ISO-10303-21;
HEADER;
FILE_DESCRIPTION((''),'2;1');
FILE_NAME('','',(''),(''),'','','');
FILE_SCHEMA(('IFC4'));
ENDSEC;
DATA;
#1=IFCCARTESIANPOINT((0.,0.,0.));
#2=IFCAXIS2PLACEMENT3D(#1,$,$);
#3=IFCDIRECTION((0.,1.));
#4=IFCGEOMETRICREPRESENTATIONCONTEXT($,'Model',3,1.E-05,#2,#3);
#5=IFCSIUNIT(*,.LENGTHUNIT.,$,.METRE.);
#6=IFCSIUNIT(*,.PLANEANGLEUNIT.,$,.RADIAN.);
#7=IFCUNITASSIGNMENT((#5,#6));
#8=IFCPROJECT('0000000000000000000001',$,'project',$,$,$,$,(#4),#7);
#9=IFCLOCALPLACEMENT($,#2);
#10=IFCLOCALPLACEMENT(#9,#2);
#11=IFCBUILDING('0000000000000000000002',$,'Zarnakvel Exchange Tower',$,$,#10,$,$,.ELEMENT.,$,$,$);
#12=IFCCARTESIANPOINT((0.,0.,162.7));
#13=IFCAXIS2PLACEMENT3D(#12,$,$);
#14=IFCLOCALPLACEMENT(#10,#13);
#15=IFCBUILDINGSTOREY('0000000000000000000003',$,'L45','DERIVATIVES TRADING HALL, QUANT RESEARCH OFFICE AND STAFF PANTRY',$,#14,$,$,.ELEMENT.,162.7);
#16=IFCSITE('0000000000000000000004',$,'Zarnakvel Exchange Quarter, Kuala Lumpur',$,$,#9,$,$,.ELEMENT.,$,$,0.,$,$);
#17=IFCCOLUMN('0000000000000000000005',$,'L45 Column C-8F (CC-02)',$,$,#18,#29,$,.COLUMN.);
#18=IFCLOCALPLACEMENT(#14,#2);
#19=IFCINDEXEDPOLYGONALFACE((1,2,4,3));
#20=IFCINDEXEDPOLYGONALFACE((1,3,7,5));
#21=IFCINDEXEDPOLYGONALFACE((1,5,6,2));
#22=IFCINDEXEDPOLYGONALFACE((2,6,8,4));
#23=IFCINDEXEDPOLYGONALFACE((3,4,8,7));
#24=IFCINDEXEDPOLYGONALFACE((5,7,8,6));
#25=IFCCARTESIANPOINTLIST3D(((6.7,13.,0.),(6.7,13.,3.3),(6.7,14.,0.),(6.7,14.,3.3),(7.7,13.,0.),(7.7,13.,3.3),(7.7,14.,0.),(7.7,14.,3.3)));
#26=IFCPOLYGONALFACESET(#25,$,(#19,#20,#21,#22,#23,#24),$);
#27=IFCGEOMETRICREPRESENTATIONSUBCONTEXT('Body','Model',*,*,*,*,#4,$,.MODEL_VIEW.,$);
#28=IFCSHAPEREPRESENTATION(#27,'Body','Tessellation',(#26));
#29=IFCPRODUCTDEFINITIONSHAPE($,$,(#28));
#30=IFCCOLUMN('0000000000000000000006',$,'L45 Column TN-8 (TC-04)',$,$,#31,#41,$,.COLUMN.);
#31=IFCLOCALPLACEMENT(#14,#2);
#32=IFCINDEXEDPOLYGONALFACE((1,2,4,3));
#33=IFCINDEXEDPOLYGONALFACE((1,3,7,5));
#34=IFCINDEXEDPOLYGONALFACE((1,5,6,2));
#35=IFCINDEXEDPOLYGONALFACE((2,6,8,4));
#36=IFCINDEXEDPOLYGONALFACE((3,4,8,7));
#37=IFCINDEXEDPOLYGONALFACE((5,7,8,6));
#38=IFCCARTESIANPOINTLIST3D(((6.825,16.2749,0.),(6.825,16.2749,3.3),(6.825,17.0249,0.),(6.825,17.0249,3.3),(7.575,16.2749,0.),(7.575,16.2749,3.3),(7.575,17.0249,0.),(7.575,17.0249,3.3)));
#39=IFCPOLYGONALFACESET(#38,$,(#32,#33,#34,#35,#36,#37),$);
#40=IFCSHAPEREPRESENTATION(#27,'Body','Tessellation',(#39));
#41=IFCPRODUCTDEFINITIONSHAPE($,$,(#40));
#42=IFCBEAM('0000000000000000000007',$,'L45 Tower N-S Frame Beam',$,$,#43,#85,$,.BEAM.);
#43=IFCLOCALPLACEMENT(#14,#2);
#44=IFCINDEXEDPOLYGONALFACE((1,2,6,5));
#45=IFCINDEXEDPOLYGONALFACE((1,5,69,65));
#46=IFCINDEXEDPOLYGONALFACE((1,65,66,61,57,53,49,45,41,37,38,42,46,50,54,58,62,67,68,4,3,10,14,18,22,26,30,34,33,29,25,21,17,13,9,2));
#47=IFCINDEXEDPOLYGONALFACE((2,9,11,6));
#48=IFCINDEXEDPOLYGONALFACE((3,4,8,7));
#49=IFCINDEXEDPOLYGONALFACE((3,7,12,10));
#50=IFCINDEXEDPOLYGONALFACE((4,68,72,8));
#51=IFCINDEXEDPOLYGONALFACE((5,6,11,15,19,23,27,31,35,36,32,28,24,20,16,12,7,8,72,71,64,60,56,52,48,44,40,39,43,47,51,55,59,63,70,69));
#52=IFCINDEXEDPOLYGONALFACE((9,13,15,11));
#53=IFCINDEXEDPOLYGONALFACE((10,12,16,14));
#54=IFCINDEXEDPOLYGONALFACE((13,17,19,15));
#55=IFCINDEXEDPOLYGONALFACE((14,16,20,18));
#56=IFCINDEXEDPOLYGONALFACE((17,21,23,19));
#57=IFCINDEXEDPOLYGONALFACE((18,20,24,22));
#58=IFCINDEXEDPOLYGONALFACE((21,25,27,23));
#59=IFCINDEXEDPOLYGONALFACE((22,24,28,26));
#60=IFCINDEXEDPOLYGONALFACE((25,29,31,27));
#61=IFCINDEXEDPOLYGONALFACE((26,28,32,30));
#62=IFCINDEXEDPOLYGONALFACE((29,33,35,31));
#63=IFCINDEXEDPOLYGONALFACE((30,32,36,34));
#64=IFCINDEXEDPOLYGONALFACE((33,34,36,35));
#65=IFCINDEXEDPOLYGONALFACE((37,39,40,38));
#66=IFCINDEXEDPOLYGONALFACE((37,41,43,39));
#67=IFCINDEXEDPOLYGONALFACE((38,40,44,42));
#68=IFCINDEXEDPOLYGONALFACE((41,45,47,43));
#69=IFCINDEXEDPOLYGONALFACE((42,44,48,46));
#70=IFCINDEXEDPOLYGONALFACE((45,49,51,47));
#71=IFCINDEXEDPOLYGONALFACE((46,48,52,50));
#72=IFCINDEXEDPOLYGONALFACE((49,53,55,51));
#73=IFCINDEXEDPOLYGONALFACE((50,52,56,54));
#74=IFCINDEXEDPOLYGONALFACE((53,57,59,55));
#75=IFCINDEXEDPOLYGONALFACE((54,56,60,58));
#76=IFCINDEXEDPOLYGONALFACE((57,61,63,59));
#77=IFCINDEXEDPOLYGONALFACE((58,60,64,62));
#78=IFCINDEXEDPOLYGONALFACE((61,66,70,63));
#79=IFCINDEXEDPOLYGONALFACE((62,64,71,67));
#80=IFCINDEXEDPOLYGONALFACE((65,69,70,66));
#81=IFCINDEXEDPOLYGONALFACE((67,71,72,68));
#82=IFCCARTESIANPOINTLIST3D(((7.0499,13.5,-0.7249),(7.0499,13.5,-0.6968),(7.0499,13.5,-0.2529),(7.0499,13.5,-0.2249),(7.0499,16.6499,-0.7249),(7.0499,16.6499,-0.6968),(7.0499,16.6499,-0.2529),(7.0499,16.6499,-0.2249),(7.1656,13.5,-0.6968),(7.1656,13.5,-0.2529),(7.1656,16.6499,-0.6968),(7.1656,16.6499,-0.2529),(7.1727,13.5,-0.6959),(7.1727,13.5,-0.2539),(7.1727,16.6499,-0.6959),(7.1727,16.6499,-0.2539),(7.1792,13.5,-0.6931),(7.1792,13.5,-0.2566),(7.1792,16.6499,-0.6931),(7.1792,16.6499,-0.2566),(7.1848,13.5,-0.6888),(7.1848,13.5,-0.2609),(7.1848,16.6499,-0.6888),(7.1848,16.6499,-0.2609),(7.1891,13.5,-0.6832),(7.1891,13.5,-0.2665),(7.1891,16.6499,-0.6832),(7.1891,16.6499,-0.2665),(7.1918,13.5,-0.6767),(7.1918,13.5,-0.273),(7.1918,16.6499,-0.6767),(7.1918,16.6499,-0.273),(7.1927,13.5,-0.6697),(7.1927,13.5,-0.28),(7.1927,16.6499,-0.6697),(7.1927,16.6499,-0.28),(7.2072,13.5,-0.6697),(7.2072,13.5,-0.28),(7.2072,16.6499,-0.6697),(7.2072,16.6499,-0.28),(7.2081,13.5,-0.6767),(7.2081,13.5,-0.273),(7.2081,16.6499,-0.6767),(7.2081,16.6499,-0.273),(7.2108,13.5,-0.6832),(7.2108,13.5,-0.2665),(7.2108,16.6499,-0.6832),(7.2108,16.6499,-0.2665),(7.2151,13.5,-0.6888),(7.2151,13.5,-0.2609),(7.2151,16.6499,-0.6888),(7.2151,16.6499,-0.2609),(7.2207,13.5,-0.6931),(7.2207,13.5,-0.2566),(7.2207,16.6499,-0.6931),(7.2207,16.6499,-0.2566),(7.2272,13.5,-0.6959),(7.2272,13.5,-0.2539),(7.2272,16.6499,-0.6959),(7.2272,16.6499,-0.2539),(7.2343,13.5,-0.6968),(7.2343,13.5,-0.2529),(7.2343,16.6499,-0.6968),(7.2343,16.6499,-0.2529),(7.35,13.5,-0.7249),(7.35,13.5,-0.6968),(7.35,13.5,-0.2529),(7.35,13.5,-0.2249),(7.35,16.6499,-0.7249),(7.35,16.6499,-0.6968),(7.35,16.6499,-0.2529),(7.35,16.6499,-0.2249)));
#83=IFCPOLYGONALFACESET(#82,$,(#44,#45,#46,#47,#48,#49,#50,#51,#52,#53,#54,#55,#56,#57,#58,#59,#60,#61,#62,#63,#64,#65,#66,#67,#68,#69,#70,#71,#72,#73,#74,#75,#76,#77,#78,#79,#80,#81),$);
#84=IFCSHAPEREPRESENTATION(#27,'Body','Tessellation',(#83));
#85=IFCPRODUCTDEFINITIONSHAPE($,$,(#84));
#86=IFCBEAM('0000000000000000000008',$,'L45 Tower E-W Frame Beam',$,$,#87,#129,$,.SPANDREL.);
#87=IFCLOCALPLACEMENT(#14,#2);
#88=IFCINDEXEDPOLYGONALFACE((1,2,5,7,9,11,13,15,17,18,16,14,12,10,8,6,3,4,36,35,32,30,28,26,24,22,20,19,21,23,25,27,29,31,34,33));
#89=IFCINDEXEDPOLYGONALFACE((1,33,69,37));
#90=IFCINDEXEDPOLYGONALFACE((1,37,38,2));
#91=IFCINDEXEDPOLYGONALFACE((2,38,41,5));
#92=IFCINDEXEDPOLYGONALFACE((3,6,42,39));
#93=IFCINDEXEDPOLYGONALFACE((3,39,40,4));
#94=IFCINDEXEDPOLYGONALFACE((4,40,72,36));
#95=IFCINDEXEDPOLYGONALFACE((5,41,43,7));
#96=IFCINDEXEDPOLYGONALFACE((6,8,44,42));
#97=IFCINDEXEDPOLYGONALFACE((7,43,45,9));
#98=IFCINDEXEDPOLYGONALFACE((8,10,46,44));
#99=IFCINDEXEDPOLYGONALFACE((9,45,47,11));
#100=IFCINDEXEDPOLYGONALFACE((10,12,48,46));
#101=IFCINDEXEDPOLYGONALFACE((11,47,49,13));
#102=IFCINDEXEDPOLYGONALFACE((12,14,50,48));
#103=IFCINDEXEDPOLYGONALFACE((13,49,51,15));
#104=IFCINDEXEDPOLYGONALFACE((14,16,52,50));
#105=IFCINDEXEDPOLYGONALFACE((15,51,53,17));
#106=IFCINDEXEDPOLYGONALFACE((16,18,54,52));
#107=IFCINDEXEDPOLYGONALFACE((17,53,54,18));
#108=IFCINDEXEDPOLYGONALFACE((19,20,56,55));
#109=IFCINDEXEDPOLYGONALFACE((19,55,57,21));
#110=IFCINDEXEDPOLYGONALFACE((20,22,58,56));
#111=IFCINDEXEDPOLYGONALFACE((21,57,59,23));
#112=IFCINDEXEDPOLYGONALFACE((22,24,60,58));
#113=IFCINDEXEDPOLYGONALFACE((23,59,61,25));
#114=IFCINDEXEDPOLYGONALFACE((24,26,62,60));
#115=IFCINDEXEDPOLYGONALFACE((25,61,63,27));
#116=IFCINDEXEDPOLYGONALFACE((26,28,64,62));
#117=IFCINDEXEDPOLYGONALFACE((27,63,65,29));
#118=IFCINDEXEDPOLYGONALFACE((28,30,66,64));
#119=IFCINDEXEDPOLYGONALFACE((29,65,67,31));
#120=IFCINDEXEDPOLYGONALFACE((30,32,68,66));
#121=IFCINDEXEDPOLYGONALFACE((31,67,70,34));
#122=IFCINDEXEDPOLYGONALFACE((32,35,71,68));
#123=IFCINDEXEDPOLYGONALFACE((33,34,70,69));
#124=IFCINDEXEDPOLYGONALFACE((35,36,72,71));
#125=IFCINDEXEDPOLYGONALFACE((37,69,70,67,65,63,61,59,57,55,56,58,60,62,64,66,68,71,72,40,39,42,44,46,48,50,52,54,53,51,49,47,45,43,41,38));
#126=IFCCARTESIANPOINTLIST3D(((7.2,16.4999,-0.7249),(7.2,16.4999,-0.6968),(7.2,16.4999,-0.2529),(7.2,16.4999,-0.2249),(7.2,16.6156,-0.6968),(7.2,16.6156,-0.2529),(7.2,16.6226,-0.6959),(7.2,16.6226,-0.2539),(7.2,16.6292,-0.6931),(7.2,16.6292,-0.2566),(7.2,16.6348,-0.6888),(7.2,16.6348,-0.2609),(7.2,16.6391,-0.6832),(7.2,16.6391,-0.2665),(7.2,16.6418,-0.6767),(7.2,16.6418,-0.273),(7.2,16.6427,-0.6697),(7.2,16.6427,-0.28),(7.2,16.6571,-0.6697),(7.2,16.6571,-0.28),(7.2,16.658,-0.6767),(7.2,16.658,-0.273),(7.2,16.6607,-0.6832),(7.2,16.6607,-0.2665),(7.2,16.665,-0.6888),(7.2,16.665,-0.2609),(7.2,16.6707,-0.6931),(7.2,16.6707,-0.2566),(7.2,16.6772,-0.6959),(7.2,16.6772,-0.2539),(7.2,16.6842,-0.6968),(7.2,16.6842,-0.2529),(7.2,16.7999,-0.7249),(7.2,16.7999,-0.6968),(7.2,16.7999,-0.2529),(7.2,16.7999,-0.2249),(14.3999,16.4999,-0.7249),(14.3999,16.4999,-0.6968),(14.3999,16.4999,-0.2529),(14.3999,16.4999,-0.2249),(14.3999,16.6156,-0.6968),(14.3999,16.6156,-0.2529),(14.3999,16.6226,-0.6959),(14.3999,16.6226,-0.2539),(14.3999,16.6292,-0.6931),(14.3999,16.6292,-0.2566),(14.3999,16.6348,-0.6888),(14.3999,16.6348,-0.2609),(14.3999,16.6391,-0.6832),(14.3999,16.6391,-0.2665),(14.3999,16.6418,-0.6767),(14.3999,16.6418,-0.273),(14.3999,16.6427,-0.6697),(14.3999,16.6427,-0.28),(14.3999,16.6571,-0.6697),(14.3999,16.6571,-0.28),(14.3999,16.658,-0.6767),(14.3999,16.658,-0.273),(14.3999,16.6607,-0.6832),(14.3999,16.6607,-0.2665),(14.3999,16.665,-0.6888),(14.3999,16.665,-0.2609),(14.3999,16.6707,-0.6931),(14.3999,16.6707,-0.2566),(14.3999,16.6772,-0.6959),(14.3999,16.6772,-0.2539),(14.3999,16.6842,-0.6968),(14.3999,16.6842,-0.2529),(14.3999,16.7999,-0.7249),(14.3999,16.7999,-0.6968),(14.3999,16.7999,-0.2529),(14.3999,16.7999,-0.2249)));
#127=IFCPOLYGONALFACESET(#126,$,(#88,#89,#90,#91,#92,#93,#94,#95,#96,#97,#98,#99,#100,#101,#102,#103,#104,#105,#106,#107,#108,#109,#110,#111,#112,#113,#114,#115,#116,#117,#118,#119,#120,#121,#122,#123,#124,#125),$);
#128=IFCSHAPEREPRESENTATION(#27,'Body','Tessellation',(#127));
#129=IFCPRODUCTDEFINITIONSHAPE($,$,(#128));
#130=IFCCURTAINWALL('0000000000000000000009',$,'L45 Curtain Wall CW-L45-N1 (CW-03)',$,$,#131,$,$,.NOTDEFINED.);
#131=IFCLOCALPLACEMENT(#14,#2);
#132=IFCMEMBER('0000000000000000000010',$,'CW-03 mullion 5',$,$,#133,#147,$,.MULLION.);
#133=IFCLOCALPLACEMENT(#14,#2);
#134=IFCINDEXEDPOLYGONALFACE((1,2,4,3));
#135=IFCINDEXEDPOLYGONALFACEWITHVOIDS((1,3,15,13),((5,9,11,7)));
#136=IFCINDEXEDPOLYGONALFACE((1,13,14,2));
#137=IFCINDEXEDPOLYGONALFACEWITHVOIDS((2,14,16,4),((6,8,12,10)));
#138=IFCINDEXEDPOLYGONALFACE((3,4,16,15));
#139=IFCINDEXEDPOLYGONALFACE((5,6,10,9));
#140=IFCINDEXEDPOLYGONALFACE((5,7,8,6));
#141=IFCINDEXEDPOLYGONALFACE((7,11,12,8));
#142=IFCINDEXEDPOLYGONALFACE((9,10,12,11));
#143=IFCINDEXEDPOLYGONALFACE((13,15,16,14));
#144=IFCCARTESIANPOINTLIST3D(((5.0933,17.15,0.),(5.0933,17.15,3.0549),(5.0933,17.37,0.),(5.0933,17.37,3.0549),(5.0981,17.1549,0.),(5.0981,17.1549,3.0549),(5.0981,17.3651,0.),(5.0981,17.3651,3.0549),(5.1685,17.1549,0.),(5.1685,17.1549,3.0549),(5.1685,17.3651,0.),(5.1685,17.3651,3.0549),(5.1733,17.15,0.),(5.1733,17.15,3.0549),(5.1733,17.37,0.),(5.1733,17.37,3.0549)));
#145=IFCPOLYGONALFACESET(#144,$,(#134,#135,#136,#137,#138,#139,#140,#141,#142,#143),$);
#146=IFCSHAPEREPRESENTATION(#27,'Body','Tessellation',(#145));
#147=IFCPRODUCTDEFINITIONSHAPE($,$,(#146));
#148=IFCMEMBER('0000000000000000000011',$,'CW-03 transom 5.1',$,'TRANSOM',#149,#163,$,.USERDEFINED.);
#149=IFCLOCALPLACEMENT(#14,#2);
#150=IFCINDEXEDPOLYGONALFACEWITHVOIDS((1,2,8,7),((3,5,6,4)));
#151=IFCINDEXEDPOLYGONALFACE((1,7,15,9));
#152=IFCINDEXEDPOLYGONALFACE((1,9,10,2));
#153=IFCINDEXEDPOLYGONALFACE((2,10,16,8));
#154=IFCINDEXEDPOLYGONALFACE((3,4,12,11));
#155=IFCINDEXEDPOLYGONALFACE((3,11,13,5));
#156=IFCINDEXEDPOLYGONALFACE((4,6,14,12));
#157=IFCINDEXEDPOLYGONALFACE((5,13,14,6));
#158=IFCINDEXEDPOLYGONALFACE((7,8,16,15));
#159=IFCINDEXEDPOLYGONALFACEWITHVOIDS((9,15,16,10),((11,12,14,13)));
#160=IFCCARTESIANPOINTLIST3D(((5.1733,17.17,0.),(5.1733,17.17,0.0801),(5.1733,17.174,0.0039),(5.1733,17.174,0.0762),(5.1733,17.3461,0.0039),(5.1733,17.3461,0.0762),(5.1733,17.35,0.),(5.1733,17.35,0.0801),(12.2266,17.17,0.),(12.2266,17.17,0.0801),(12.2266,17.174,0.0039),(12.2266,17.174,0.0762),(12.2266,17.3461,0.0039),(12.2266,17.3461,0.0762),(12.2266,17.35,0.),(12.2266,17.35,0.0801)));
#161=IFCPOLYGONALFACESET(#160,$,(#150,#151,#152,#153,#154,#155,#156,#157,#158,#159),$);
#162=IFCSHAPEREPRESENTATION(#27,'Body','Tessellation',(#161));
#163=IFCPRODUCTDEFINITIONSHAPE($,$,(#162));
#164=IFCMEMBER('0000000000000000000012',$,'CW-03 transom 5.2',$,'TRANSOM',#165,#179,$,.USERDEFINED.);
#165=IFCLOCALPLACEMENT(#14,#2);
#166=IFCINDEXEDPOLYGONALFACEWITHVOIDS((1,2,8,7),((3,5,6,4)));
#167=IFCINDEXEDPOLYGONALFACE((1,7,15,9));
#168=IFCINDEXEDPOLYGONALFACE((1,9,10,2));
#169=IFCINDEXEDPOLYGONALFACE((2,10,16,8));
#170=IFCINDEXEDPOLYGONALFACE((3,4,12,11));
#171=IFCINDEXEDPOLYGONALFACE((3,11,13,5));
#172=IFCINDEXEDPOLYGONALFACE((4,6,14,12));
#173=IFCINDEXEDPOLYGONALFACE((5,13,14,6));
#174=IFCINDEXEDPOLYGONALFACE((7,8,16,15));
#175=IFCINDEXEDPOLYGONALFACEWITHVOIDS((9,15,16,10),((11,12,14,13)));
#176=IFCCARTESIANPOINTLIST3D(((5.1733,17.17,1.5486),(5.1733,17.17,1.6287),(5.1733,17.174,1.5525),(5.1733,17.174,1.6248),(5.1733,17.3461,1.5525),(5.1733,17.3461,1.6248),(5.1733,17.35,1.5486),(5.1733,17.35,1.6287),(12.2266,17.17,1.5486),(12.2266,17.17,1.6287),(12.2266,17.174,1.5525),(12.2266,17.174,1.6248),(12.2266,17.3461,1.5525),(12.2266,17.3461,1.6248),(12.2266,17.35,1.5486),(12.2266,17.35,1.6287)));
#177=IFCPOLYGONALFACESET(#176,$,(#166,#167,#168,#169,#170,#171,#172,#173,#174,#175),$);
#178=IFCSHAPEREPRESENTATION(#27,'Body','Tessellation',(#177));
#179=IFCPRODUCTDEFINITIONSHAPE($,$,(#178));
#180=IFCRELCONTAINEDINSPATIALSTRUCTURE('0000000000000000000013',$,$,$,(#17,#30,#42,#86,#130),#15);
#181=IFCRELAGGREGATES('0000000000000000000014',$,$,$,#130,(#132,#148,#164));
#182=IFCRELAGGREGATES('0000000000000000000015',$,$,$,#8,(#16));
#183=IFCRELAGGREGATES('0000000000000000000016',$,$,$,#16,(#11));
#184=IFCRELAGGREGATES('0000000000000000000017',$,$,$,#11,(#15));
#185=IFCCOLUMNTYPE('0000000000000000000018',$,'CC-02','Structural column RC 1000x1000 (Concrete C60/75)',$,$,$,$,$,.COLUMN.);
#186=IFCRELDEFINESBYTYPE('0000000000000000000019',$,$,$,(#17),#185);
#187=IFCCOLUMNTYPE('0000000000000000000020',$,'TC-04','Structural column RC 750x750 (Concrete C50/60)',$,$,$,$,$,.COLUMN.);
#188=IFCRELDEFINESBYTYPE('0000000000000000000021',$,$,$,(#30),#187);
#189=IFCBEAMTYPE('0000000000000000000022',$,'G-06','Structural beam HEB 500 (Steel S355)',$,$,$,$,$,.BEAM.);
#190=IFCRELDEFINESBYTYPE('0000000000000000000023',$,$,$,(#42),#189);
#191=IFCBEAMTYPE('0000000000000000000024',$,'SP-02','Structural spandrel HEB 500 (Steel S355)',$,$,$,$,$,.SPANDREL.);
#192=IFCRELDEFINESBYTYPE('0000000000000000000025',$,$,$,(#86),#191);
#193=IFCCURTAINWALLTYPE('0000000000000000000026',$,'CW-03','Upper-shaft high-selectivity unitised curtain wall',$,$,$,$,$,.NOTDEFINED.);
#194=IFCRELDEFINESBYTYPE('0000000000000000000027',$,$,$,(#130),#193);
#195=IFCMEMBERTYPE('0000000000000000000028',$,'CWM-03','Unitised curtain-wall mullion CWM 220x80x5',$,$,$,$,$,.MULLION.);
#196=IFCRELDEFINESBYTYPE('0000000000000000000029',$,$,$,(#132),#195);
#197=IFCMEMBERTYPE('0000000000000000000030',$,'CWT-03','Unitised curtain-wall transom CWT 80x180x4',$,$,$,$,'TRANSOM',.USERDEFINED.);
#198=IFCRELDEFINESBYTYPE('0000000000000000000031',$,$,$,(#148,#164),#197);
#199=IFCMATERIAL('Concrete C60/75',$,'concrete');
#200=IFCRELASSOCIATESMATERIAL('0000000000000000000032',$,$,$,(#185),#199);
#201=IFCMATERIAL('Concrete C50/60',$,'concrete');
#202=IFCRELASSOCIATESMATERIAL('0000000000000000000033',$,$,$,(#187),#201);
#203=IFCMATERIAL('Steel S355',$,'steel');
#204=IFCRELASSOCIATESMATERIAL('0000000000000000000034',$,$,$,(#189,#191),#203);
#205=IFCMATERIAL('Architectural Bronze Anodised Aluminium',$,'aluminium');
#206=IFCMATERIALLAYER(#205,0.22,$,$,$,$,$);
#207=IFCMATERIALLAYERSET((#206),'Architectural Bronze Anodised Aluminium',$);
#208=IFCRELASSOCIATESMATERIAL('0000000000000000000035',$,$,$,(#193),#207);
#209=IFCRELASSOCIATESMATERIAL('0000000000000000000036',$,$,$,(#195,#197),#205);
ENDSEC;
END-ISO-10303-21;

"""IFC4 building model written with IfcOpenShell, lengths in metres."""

from ifc_helpers import new_model, si_unit, direction, frame, origin, origin_2d, place, context, subcontext, project, spatial, rectangle, hollow_rectangle, i_section, extrude, source, transform, mapped, material, layer, layer_set, material_profile, profile_set, type_object, element, aggregate, save


model = new_model("IFC4")

# Units and contexts
model_context = context("Model", 3, precision=1e-05, world=origin(), true_north=direction((0.0, 1.0)))
body_context = subcontext(model_context, "Body", "Model", "MODEL_VIEW")
ifc_project = project(units=[si_unit("LENGTHUNIT", "METRE"), si_unit("PLANEANGLEUNIT", "RADIAN")], contexts=[model_context])

# Site, building, storey
site_placement = place(None, origin())
site = spatial("IfcSite", under=ifc_project, at=site_placement, Name="Zarnakvel Exchange Quarter, Kuala Lumpur", CompositionType="ELEMENT", RefElevation=0.0)
building_placement = place(site_placement, origin())
building = spatial("IfcBuilding", under=site, at=building_placement, Name="Zarnakvel Exchange Tower", CompositionType="ELEMENT")
storey_placement = place(building_placement, frame((0.0, 0.0, 162.7)))
storey = spatial("IfcBuildingStorey", under=building, at=storey_placement, Name="L45", Description="DERIVATIVES TRADING HALL, QUANT RESEARCH OFFICE AND STAFF PANTRY", CompositionType="ELEMENT", Elevation=162.7)

# Columns
ifc_material_1 = material(Name="Concrete C60/75", Category="concrete")
ifc_material_profile_1 = material_profile(ifc_material_1, rectangle(XDim=1.0, YDim=1.0, at=origin_2d()))
ifc_profile_set_1 = profile_set([ifc_material_profile_1], Name="Concrete C60/75")
column_type_1 = type_object("IfcColumnType", Name="CC-02", Description="Structural column RC 1000x1000 (Concrete C60/75)", PredefinedType="COLUMN", material=ifc_profile_set_1)
column_1_placement = place(storey_placement, frame((7.2, 13.5, 0.0), z_axis=(0.0, 0.0, 1.0), x_axis=(1.0, 0.0, 0.0)))
element("IfcColumn", 1, at=column_1_placement, inside=storey, type_object=column_type_1, Name="L45 Column C-8F (CC-02)", PredefinedType="COLUMN", context=body_context, shape_type="SweptSolid", body=[
    extrude(rectangle(XDim=1.0, YDim=1.0, at=origin_2d()), origin(), (0.0, 0.0, 1.0), 3.3),
])
ifc_material_2 = material(Name="Concrete C50/60", Category="concrete")
ifc_material_profile_2 = material_profile(ifc_material_2, rectangle(XDim=0.75, YDim=0.75, at=origin_2d()))
ifc_profile_set_2 = profile_set([ifc_material_profile_2], Name="Concrete C50/60")
column_type_2 = type_object("IfcColumnType", Name="TC-04", Description="Structural column RC 750x750 (Concrete C50/60)", PredefinedType="COLUMN", material=ifc_profile_set_2)
column_2_placement = place(storey_placement, frame((7.2, 16.6499, 0.0), z_axis=(0.0, 0.0, 1.0), x_axis=(1.0, 0.0, 0.0)))
element("IfcColumn", 2, at=column_2_placement, inside=storey, type_object=column_type_2, Name="L45 Column TN-8 (TC-04)", PredefinedType="COLUMN", context=body_context, shape_type="SweptSolid", body=[
    extrude(rectangle(XDim=0.75, YDim=0.75, at=origin_2d()), origin(), (0.0, 0.0, 1.0), 3.3),
])

# Beams
ifc_material_3 = material(Name="Steel S355", Category="steel")
ifc_material_profile_3 = material_profile(ifc_material_3, i_section(OverallWidth=0.3, OverallDepth=0.5, WebThickness=0.0144, FlangeThickness=0.0281, FilletRadius=0.0271, at=origin_2d()))
ifc_profile_set_3 = profile_set([ifc_material_profile_3], Name="Steel S355")
beam_type_1 = type_object("IfcBeamType", Name="G-06", Description="Structural beam HEB 500 (Steel S355)", PredefinedType="BEAM", material=ifc_profile_set_3)
beam_1_placement = place(storey_placement, frame((7.2, 13.5, -0.4749), z_axis=(0.0, 1.0, 0.0), x_axis=(-1.0, 0.0, 0.0)))
element("IfcBeam", 3, at=beam_1_placement, inside=storey, type_object=beam_type_1, Name="L45 Tower N-S Frame Beam", PredefinedType="BEAM", context=body_context, shape_type="SweptSolid", body=[
    extrude(i_section(OverallWidth=0.3, OverallDepth=0.5, WebThickness=0.0144, FlangeThickness=0.0281, FilletRadius=0.0271, at=origin_2d()), origin(), (0.0, 0.0, 1.0), 3.1499),
])
ifc_material_profile_4 = material_profile(ifc_material_3, i_section(OverallWidth=0.3, OverallDepth=0.5, WebThickness=0.0144, FlangeThickness=0.0281, FilletRadius=0.0271, at=origin_2d()))
ifc_profile_set_4 = profile_set([ifc_material_profile_4], Name="Steel S355")
beam_type_2 = type_object("IfcBeamType", Name="SP-02", Description="Structural spandrel HEB 500 (Steel S355)", PredefinedType="SPANDREL", material=ifc_profile_set_4)
beam_2_placement = place(storey_placement, frame((7.2, 16.6499, -0.4749), z_axis=(1.0, 0.0, 0.0), x_axis=(0.0, 1.0, 0.0)))
element("IfcBeam", 4, at=beam_2_placement, inside=storey, type_object=beam_type_2, Name="L45 Tower E-W Frame Beam", PredefinedType="SPANDREL", context=body_context, shape_type="SweptSolid", body=[
    extrude(i_section(OverallWidth=0.3, OverallDepth=0.5, WebThickness=0.0144, FlangeThickness=0.0281, FilletRadius=0.0271, at=origin_2d()), origin(), (0.0, 0.0, 1.0), 7.2),
])

# Curtain wall, members
ifc_material_4 = material(Name="Architectural Bronze Anodised Aluminium", Category="aluminium")
ifc_layer_1 = layer(ifc_material_4, 0.22)
ifc_layer_set_1 = layer_set([ifc_layer_1], Name="Architectural Bronze Anodised Aluminium")
curtain_wall_type = type_object("IfcCurtainWallType", Name="CW-03", Description="Upper-shaft high-selectivity unitised curtain wall", PredefinedType="NOTDEFINED", material=ifc_layer_set_1)
curtain_wall_placement = place(storey_placement, origin())
curtain_wall = element("IfcCurtainWall", 5, at=curtain_wall_placement, inside=storey, type_object=curtain_wall_type, Name="L45 Curtain Wall CW-L45-N1 (CW-03)", PredefinedType="NOTDEFINED")
ifc_material_profile_5 = material_profile(ifc_material_4, hollow_rectangle(XDim=0.22, YDim=0.0801, WallThickness=0.0049, at=origin_2d()))
ifc_profile_set_5 = profile_set([ifc_material_profile_5], Name="Architectural Bronze Anodised Aluminium")
member_type_1 = type_object("IfcMemberType", Name="CWM-03", Description="Unitised curtain-wall mullion CWM 220x80x5", PredefinedType="MULLION", material=ifc_profile_set_5)
shared_shape_1 = source(origin(), body_context, "Body", "SweptSolid", [
    extrude(hollow_rectangle(XDim=0.22, YDim=0.0801, WallThickness=0.0049, at=origin_2d()), origin(), (0.0, 0.0, 1.0), 3.0549),
])
member_1_placement = place(storey_placement, frame((5.1333, 17.26, 0.0), z_axis=(0.0, 0.0, 1.0), x_axis=(0.0, 1.0, 0.0)))
member_1 = element("IfcMember", 6, at=member_1_placement, type_object=member_type_1, Name="CW-03 mullion 5", PredefinedType="MULLION", context=body_context, shape_type="MappedRepresentation", body=[
    mapped(shared_shape_1, transform((0.0, 0.0, 0.0), x_axis=(1.0, 0.0, 0.0), y_axis=(0.0, 1.0, 0.0), z_axis=(0.0, 0.0, 1.0), scale=1.0)),
])
ifc_material_profile_6 = material_profile(ifc_material_4, hollow_rectangle(XDim=0.1799, YDim=0.0801, WallThickness=0.0039, at=origin_2d()))
ifc_profile_set_6 = profile_set([ifc_material_profile_6], Name="Architectural Bronze Anodised Aluminium")
member_type_2 = type_object("IfcMemberType", Name="CWT-03", Description="Unitised curtain-wall transom CWT 80x180x4", ElementType="TRANSOM", PredefinedType="USERDEFINED", material=ifc_profile_set_6)
shared_shape_2 = source(origin(), body_context, "Body", "SweptSolid", [
    extrude(hollow_rectangle(XDim=0.1799, YDim=0.0801, WallThickness=0.0039, at=origin_2d()), origin(), (0.0, 0.0, 1.0), 7.0532),
])
member_2_placement = place(storey_placement, frame((5.1733, 17.26, 0.04), z_axis=(1.0, 0.0, 0.0), x_axis=(0.0, 1.0, 0.0)))
member_2 = element("IfcMember", 7, at=member_2_placement, type_object=member_type_2, Name="CW-03 transom 5.1", ObjectType="TRANSOM", PredefinedType="USERDEFINED", context=body_context, shape_type="MappedRepresentation", body=[
    mapped(shared_shape_2, transform((0.0, 0.0, 0.0), x_axis=(1.0, 0.0, 0.0), y_axis=(0.0, 1.0, 0.0), z_axis=(0.0, 0.0, 1.0), scale=1.0)),
])
member_3_placement = place(storey_placement, frame((5.1733, 17.26, 1.5886), z_axis=(1.0, 0.0, 0.0), x_axis=(0.0, 1.0, 0.0)))
member_3 = element("IfcMember", 8, at=member_3_placement, type_object=member_type_2, Name="CW-03 transom 5.2", ObjectType="TRANSOM", PredefinedType="USERDEFINED", context=body_context, shape_type="MappedRepresentation", body=[
    mapped(shared_shape_2, transform((0.0, 0.0, 0.0), x_axis=(1.0, 0.0, 0.0), y_axis=(0.0, 1.0, 0.0), z_axis=(0.0, 0.0, 1.0), scale=1.0)),
])
aggregate(curtain_wall, [member_1, member_2, member_3])

save(model, "model.ifc")
